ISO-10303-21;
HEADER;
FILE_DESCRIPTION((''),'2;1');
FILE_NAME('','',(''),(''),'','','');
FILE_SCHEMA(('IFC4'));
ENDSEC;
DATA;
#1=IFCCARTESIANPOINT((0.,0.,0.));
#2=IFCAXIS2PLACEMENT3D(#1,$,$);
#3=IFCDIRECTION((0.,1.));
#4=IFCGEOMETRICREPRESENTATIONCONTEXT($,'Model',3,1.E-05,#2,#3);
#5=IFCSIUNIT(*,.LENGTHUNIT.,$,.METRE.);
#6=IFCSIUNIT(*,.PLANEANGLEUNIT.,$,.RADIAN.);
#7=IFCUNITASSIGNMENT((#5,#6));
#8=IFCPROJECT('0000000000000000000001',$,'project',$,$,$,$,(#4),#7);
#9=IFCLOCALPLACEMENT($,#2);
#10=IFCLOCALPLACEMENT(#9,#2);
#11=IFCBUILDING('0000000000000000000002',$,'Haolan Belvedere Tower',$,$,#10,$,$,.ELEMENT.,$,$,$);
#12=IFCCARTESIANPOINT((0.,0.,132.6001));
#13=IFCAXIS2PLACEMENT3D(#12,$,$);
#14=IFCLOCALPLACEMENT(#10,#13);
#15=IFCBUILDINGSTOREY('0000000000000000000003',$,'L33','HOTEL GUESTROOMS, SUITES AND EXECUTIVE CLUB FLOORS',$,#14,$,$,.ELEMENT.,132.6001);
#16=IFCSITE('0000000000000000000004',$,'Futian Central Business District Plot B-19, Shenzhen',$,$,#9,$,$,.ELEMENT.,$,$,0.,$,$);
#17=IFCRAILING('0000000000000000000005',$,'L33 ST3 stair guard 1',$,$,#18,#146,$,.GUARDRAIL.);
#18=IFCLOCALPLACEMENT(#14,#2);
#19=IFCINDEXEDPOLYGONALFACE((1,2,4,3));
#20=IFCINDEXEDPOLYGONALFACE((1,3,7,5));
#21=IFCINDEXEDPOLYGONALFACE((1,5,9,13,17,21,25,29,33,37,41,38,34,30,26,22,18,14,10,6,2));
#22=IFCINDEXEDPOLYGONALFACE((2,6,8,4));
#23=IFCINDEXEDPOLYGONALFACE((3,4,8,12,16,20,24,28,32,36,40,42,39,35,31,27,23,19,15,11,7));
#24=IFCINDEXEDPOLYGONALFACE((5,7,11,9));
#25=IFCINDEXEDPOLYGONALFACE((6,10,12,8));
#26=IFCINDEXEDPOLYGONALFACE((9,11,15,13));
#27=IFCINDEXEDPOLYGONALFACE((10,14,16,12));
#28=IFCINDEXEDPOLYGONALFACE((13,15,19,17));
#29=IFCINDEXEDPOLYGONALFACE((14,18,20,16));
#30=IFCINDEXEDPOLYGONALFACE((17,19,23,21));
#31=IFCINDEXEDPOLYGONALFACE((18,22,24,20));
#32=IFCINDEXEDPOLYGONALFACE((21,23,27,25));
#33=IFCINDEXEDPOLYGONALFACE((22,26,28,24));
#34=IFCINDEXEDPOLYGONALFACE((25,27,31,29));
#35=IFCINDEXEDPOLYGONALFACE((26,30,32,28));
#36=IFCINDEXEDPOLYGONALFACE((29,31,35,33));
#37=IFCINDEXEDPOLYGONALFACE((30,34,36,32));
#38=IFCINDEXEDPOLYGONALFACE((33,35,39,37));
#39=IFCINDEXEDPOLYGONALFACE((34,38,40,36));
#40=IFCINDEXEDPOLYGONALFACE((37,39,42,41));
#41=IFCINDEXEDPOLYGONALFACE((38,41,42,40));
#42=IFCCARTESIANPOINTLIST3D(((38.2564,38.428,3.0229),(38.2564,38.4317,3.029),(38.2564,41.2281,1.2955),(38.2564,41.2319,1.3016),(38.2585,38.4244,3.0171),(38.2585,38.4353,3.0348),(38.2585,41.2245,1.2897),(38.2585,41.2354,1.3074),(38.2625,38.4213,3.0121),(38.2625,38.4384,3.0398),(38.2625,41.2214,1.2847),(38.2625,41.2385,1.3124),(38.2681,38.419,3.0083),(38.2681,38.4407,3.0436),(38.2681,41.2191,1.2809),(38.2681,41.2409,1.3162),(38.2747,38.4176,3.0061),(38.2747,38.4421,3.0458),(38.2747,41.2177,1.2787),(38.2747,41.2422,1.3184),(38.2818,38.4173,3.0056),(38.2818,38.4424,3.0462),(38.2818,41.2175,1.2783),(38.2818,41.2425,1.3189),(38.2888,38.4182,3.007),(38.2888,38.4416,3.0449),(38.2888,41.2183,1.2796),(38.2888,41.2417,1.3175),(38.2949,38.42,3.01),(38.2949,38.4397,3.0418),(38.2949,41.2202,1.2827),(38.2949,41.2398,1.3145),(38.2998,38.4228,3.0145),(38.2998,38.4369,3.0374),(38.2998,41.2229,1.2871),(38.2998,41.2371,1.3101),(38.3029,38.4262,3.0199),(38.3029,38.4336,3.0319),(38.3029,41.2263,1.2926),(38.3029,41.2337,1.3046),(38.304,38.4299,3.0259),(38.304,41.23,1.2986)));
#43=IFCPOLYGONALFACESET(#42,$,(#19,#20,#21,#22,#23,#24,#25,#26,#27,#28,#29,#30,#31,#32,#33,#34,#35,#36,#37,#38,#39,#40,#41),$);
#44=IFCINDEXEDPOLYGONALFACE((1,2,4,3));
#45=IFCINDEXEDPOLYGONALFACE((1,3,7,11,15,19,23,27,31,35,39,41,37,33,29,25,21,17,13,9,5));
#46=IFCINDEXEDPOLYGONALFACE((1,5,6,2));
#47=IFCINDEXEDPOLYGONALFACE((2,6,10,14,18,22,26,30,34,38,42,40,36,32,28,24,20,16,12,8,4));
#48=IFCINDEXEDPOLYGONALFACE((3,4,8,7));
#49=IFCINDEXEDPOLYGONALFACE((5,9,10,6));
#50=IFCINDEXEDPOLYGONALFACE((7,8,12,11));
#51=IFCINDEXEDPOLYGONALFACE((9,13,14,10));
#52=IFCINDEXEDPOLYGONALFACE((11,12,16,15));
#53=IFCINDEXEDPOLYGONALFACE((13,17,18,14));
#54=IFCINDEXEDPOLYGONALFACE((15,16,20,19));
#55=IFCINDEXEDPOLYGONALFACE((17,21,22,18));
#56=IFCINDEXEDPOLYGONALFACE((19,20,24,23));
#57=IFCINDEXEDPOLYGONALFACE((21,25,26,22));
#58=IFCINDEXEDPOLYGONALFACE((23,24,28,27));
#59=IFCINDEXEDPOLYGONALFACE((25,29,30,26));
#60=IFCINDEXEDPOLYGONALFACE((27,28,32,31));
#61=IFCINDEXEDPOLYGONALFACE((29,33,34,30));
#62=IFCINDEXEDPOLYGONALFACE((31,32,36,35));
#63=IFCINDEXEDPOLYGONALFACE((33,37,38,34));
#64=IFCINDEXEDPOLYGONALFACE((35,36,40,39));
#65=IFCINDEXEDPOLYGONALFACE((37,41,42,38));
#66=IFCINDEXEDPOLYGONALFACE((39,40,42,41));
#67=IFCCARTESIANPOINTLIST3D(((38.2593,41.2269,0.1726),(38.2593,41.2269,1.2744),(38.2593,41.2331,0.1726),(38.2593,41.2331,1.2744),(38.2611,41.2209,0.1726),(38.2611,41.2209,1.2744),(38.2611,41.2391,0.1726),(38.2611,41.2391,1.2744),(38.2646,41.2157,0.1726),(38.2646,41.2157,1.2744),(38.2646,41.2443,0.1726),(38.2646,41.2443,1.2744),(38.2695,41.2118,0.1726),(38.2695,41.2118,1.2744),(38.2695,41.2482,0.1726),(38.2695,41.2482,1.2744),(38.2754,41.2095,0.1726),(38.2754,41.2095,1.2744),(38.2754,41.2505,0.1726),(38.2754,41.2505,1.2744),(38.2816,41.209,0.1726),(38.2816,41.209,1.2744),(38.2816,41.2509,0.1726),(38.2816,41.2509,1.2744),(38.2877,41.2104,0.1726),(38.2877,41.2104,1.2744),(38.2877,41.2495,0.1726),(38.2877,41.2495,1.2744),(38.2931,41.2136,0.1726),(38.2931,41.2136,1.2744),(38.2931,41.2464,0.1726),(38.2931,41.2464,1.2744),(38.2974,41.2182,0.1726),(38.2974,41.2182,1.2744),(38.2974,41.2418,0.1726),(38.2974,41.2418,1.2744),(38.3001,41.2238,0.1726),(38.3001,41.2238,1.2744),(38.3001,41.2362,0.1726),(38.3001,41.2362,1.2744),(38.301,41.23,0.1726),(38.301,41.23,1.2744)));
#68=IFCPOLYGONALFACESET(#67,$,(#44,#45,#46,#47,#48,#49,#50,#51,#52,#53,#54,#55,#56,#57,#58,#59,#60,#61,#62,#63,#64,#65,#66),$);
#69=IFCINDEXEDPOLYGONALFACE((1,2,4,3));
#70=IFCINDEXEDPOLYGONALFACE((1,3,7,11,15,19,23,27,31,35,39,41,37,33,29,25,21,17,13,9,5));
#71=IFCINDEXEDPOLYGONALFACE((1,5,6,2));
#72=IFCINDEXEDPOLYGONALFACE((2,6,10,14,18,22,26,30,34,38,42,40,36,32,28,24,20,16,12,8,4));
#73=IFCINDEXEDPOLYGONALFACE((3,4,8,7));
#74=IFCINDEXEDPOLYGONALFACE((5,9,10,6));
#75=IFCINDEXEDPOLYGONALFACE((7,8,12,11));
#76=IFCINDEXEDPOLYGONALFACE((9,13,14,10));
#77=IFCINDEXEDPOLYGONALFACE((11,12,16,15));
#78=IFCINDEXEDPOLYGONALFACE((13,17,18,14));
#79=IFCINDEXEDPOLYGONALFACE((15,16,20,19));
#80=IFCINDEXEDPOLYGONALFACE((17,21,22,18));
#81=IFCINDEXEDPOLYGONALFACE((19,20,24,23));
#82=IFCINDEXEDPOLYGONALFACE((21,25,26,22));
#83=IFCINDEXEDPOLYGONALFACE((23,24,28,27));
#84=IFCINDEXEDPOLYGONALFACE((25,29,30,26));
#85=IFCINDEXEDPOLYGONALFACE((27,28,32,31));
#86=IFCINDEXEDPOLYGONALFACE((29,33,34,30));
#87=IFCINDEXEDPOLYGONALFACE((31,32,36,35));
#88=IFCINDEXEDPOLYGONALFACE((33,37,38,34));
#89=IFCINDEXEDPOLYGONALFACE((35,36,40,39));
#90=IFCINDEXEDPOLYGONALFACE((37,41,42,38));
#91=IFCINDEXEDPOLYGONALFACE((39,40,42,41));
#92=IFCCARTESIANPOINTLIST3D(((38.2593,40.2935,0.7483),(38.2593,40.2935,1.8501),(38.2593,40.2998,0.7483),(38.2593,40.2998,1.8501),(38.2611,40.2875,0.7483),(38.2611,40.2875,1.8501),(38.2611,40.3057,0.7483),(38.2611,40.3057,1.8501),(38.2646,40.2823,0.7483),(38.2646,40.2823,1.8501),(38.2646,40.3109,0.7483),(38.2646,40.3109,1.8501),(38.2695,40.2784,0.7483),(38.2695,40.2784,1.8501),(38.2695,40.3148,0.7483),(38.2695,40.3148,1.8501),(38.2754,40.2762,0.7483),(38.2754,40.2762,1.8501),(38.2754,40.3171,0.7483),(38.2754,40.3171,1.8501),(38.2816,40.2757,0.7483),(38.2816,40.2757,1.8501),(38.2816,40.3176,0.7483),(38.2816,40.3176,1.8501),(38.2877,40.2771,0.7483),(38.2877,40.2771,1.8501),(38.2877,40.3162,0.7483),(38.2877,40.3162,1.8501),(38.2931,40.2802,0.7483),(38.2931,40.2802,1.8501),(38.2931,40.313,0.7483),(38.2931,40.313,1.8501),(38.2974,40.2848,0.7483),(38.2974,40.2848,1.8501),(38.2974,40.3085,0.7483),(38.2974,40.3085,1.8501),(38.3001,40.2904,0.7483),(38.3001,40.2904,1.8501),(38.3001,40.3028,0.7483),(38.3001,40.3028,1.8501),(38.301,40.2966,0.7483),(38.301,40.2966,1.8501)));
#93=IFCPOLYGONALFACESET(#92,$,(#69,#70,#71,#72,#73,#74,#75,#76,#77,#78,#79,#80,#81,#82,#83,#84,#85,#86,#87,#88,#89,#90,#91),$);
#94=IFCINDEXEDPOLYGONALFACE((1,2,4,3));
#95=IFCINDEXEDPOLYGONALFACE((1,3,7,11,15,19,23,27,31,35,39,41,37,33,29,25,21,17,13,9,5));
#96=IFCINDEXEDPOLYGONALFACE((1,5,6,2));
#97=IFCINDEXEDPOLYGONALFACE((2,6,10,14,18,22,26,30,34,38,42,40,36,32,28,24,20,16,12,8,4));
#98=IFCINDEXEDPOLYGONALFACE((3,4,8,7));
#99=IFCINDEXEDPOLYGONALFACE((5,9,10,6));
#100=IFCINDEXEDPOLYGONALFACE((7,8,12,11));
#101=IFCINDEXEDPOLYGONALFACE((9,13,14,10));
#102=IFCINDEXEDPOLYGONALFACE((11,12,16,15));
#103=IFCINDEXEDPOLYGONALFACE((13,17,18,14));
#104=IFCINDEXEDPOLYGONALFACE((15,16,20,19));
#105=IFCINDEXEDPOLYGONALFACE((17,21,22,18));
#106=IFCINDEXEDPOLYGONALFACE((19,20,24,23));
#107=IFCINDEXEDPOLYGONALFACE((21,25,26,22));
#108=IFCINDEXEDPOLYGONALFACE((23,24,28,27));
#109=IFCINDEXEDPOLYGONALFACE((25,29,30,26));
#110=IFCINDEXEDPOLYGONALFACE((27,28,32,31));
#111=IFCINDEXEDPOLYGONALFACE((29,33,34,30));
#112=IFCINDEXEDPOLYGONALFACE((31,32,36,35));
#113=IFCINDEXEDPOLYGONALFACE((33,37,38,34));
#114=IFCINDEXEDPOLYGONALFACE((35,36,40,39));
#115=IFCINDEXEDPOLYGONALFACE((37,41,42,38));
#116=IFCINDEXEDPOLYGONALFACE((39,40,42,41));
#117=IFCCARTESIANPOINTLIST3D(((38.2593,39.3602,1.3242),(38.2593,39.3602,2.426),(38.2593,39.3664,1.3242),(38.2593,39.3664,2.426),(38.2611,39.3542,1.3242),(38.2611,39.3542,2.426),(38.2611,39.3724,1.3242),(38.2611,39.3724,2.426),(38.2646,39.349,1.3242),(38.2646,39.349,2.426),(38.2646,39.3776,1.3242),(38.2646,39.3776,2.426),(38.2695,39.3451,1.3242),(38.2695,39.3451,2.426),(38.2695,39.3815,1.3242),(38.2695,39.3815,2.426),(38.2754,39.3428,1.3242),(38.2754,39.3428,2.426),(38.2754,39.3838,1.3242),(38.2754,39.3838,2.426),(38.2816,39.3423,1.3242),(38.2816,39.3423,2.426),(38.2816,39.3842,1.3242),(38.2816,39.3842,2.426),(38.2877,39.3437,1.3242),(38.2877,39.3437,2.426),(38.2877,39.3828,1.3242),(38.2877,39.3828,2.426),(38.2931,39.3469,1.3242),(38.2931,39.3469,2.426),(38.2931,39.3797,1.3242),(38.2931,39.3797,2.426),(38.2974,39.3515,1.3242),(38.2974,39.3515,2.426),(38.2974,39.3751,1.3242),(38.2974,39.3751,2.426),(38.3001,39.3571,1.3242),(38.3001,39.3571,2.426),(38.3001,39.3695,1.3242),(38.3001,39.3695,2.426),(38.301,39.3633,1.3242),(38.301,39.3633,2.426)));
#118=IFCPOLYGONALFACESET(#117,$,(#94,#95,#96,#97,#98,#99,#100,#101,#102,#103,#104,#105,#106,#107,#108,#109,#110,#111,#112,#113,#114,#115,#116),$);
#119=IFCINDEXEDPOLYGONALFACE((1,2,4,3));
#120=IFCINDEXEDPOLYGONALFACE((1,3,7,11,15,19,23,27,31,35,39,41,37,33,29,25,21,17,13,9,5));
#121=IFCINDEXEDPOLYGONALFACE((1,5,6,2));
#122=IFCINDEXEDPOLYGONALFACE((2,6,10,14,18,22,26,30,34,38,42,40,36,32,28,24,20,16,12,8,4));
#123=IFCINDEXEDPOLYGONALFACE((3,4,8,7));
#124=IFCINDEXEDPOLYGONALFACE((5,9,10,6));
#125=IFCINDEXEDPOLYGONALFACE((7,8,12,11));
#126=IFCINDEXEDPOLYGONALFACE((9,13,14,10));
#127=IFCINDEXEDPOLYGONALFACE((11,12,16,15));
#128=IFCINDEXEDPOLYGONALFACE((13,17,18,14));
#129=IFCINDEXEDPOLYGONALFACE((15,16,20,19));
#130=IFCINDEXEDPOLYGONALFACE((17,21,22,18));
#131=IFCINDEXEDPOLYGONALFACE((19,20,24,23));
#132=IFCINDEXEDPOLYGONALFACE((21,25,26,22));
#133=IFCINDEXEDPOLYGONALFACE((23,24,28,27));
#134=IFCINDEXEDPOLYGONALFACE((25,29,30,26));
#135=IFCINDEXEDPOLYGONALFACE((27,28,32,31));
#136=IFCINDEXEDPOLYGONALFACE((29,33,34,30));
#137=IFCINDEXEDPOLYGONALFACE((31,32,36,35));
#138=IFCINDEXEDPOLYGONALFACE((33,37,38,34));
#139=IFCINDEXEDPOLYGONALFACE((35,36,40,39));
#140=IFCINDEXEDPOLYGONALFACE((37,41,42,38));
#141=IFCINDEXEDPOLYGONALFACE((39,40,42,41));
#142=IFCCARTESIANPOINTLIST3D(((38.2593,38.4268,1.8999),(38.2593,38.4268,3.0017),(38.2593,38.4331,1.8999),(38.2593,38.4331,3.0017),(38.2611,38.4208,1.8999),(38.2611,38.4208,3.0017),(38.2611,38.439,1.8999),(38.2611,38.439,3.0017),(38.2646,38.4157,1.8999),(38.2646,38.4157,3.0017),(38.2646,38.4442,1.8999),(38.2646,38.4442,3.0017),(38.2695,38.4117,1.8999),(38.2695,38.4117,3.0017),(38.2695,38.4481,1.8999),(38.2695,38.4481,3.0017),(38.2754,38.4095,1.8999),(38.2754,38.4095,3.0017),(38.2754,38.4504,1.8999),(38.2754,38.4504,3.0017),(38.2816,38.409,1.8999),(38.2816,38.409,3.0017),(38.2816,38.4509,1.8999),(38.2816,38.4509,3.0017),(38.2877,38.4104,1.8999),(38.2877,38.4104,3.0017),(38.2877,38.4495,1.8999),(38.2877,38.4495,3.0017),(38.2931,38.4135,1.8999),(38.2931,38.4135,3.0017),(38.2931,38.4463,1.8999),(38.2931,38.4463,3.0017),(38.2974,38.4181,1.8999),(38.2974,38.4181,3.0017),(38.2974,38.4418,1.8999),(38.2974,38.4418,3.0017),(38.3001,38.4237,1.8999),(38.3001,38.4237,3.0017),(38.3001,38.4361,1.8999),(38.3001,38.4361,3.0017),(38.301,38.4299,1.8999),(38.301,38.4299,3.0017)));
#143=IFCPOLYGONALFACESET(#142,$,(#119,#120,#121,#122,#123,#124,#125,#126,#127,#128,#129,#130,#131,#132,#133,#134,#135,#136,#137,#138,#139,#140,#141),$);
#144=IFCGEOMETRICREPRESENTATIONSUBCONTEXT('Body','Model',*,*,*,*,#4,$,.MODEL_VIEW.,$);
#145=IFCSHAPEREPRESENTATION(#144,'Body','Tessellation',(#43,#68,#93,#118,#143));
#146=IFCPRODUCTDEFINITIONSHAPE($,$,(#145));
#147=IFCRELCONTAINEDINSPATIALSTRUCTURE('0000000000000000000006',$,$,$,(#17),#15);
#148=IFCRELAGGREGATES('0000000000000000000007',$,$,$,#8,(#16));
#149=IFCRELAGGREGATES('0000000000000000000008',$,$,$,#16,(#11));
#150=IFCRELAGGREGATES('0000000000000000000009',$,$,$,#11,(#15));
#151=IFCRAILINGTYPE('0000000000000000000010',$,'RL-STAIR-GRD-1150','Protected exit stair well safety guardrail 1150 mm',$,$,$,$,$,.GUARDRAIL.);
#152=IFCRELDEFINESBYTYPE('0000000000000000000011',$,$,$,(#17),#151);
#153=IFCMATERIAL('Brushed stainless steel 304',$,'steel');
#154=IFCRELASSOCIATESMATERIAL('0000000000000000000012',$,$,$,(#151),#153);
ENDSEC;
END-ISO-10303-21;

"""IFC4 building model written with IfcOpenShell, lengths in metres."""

from ifc_helpers import new_model, si_unit, direction, frame, origin, origin_2d, place, context, subcontext, project, spatial, circle, extrude, material, type_object, element, save


model = new_model("IFC4")

# Units and contexts
model_context = context("Model", 3, precision=1e-05, world=origin(), true_north=direction((0.0, 1.0)))
body_context = subcontext(model_context, "Body", "Model", "MODEL_VIEW")
ifc_project = project(units=[si_unit("LENGTHUNIT", "METRE"), si_unit("PLANEANGLEUNIT", "RADIAN")], contexts=[model_context])

# Site, building, storey
site_placement = place(None, origin())
site = spatial("IfcSite", under=ifc_project, at=site_placement, Name="Futian Central Business District Plot B-19, Shenzhen", CompositionType="ELEMENT", RefElevation=0.0)
building_placement = place(site_placement, origin())
building = spatial("IfcBuilding", under=site, at=building_placement, Name="Haolan Belvedere Tower", CompositionType="ELEMENT")
storey_placement = place(building_placement, frame((0.0, 0.0, 132.6001)))
storey = spatial("IfcBuildingStorey", under=building, at=storey_placement, Name="L33", Description="HOTEL GUESTROOMS, SUITES AND EXECUTIVE CLUB FLOORS", CompositionType="ELEMENT", Elevation=132.6001)

# Railing
ifc_material_1 = material(Name="Brushed stainless steel 304", Category="steel")
railing_type_1 = type_object("IfcRailingType", Name="RL-STAIR-GRD-1150", Description="Protected exit stair well safety guardrail 1150 mm", PredefinedType="GUARDRAIL", material=ifc_material_1)
railing_1_placement = place(storey_placement, frame((38.28, 41.23, 0.1726)))
element("IfcRailing", 1, at=railing_1_placement, inside=storey, type_object=railing_type_1, Name="L33 ST3 stair guard 1", PredefinedType="GUARDRAIL", context=body_context, shape_type="SweptSolid", body=[
    extrude(circle(Radius=0.0239, at=origin_2d()), frame((0.0, 0.0, 1.126), z_axis=(0.0, -0.85109, 0.52502), x_axis=(1.0, 0.0, 0.0)), (0.0, 0.0, 1.0), 3.29),
    extrude(circle(Radius=0.021, at=origin_2d()), origin(), (0.0, 0.0, 1.0), 1.1018),
    extrude(circle(Radius=0.021, at=origin_2d()), frame((0.0, -0.9333, 0.5757)), (0.0, 0.0, 1.0), 1.1018),
    extrude(circle(Radius=0.021, at=origin_2d()), frame((0.0, -1.8667, 1.1516)), (0.0, 0.0, 1.0), 1.1018),
    extrude(circle(Radius=0.021, at=origin_2d()), frame((0.0, -2.8, 1.7273)), (0.0, 0.0, 1.0), 1.1018),
])

save(model, "model.ifc")
